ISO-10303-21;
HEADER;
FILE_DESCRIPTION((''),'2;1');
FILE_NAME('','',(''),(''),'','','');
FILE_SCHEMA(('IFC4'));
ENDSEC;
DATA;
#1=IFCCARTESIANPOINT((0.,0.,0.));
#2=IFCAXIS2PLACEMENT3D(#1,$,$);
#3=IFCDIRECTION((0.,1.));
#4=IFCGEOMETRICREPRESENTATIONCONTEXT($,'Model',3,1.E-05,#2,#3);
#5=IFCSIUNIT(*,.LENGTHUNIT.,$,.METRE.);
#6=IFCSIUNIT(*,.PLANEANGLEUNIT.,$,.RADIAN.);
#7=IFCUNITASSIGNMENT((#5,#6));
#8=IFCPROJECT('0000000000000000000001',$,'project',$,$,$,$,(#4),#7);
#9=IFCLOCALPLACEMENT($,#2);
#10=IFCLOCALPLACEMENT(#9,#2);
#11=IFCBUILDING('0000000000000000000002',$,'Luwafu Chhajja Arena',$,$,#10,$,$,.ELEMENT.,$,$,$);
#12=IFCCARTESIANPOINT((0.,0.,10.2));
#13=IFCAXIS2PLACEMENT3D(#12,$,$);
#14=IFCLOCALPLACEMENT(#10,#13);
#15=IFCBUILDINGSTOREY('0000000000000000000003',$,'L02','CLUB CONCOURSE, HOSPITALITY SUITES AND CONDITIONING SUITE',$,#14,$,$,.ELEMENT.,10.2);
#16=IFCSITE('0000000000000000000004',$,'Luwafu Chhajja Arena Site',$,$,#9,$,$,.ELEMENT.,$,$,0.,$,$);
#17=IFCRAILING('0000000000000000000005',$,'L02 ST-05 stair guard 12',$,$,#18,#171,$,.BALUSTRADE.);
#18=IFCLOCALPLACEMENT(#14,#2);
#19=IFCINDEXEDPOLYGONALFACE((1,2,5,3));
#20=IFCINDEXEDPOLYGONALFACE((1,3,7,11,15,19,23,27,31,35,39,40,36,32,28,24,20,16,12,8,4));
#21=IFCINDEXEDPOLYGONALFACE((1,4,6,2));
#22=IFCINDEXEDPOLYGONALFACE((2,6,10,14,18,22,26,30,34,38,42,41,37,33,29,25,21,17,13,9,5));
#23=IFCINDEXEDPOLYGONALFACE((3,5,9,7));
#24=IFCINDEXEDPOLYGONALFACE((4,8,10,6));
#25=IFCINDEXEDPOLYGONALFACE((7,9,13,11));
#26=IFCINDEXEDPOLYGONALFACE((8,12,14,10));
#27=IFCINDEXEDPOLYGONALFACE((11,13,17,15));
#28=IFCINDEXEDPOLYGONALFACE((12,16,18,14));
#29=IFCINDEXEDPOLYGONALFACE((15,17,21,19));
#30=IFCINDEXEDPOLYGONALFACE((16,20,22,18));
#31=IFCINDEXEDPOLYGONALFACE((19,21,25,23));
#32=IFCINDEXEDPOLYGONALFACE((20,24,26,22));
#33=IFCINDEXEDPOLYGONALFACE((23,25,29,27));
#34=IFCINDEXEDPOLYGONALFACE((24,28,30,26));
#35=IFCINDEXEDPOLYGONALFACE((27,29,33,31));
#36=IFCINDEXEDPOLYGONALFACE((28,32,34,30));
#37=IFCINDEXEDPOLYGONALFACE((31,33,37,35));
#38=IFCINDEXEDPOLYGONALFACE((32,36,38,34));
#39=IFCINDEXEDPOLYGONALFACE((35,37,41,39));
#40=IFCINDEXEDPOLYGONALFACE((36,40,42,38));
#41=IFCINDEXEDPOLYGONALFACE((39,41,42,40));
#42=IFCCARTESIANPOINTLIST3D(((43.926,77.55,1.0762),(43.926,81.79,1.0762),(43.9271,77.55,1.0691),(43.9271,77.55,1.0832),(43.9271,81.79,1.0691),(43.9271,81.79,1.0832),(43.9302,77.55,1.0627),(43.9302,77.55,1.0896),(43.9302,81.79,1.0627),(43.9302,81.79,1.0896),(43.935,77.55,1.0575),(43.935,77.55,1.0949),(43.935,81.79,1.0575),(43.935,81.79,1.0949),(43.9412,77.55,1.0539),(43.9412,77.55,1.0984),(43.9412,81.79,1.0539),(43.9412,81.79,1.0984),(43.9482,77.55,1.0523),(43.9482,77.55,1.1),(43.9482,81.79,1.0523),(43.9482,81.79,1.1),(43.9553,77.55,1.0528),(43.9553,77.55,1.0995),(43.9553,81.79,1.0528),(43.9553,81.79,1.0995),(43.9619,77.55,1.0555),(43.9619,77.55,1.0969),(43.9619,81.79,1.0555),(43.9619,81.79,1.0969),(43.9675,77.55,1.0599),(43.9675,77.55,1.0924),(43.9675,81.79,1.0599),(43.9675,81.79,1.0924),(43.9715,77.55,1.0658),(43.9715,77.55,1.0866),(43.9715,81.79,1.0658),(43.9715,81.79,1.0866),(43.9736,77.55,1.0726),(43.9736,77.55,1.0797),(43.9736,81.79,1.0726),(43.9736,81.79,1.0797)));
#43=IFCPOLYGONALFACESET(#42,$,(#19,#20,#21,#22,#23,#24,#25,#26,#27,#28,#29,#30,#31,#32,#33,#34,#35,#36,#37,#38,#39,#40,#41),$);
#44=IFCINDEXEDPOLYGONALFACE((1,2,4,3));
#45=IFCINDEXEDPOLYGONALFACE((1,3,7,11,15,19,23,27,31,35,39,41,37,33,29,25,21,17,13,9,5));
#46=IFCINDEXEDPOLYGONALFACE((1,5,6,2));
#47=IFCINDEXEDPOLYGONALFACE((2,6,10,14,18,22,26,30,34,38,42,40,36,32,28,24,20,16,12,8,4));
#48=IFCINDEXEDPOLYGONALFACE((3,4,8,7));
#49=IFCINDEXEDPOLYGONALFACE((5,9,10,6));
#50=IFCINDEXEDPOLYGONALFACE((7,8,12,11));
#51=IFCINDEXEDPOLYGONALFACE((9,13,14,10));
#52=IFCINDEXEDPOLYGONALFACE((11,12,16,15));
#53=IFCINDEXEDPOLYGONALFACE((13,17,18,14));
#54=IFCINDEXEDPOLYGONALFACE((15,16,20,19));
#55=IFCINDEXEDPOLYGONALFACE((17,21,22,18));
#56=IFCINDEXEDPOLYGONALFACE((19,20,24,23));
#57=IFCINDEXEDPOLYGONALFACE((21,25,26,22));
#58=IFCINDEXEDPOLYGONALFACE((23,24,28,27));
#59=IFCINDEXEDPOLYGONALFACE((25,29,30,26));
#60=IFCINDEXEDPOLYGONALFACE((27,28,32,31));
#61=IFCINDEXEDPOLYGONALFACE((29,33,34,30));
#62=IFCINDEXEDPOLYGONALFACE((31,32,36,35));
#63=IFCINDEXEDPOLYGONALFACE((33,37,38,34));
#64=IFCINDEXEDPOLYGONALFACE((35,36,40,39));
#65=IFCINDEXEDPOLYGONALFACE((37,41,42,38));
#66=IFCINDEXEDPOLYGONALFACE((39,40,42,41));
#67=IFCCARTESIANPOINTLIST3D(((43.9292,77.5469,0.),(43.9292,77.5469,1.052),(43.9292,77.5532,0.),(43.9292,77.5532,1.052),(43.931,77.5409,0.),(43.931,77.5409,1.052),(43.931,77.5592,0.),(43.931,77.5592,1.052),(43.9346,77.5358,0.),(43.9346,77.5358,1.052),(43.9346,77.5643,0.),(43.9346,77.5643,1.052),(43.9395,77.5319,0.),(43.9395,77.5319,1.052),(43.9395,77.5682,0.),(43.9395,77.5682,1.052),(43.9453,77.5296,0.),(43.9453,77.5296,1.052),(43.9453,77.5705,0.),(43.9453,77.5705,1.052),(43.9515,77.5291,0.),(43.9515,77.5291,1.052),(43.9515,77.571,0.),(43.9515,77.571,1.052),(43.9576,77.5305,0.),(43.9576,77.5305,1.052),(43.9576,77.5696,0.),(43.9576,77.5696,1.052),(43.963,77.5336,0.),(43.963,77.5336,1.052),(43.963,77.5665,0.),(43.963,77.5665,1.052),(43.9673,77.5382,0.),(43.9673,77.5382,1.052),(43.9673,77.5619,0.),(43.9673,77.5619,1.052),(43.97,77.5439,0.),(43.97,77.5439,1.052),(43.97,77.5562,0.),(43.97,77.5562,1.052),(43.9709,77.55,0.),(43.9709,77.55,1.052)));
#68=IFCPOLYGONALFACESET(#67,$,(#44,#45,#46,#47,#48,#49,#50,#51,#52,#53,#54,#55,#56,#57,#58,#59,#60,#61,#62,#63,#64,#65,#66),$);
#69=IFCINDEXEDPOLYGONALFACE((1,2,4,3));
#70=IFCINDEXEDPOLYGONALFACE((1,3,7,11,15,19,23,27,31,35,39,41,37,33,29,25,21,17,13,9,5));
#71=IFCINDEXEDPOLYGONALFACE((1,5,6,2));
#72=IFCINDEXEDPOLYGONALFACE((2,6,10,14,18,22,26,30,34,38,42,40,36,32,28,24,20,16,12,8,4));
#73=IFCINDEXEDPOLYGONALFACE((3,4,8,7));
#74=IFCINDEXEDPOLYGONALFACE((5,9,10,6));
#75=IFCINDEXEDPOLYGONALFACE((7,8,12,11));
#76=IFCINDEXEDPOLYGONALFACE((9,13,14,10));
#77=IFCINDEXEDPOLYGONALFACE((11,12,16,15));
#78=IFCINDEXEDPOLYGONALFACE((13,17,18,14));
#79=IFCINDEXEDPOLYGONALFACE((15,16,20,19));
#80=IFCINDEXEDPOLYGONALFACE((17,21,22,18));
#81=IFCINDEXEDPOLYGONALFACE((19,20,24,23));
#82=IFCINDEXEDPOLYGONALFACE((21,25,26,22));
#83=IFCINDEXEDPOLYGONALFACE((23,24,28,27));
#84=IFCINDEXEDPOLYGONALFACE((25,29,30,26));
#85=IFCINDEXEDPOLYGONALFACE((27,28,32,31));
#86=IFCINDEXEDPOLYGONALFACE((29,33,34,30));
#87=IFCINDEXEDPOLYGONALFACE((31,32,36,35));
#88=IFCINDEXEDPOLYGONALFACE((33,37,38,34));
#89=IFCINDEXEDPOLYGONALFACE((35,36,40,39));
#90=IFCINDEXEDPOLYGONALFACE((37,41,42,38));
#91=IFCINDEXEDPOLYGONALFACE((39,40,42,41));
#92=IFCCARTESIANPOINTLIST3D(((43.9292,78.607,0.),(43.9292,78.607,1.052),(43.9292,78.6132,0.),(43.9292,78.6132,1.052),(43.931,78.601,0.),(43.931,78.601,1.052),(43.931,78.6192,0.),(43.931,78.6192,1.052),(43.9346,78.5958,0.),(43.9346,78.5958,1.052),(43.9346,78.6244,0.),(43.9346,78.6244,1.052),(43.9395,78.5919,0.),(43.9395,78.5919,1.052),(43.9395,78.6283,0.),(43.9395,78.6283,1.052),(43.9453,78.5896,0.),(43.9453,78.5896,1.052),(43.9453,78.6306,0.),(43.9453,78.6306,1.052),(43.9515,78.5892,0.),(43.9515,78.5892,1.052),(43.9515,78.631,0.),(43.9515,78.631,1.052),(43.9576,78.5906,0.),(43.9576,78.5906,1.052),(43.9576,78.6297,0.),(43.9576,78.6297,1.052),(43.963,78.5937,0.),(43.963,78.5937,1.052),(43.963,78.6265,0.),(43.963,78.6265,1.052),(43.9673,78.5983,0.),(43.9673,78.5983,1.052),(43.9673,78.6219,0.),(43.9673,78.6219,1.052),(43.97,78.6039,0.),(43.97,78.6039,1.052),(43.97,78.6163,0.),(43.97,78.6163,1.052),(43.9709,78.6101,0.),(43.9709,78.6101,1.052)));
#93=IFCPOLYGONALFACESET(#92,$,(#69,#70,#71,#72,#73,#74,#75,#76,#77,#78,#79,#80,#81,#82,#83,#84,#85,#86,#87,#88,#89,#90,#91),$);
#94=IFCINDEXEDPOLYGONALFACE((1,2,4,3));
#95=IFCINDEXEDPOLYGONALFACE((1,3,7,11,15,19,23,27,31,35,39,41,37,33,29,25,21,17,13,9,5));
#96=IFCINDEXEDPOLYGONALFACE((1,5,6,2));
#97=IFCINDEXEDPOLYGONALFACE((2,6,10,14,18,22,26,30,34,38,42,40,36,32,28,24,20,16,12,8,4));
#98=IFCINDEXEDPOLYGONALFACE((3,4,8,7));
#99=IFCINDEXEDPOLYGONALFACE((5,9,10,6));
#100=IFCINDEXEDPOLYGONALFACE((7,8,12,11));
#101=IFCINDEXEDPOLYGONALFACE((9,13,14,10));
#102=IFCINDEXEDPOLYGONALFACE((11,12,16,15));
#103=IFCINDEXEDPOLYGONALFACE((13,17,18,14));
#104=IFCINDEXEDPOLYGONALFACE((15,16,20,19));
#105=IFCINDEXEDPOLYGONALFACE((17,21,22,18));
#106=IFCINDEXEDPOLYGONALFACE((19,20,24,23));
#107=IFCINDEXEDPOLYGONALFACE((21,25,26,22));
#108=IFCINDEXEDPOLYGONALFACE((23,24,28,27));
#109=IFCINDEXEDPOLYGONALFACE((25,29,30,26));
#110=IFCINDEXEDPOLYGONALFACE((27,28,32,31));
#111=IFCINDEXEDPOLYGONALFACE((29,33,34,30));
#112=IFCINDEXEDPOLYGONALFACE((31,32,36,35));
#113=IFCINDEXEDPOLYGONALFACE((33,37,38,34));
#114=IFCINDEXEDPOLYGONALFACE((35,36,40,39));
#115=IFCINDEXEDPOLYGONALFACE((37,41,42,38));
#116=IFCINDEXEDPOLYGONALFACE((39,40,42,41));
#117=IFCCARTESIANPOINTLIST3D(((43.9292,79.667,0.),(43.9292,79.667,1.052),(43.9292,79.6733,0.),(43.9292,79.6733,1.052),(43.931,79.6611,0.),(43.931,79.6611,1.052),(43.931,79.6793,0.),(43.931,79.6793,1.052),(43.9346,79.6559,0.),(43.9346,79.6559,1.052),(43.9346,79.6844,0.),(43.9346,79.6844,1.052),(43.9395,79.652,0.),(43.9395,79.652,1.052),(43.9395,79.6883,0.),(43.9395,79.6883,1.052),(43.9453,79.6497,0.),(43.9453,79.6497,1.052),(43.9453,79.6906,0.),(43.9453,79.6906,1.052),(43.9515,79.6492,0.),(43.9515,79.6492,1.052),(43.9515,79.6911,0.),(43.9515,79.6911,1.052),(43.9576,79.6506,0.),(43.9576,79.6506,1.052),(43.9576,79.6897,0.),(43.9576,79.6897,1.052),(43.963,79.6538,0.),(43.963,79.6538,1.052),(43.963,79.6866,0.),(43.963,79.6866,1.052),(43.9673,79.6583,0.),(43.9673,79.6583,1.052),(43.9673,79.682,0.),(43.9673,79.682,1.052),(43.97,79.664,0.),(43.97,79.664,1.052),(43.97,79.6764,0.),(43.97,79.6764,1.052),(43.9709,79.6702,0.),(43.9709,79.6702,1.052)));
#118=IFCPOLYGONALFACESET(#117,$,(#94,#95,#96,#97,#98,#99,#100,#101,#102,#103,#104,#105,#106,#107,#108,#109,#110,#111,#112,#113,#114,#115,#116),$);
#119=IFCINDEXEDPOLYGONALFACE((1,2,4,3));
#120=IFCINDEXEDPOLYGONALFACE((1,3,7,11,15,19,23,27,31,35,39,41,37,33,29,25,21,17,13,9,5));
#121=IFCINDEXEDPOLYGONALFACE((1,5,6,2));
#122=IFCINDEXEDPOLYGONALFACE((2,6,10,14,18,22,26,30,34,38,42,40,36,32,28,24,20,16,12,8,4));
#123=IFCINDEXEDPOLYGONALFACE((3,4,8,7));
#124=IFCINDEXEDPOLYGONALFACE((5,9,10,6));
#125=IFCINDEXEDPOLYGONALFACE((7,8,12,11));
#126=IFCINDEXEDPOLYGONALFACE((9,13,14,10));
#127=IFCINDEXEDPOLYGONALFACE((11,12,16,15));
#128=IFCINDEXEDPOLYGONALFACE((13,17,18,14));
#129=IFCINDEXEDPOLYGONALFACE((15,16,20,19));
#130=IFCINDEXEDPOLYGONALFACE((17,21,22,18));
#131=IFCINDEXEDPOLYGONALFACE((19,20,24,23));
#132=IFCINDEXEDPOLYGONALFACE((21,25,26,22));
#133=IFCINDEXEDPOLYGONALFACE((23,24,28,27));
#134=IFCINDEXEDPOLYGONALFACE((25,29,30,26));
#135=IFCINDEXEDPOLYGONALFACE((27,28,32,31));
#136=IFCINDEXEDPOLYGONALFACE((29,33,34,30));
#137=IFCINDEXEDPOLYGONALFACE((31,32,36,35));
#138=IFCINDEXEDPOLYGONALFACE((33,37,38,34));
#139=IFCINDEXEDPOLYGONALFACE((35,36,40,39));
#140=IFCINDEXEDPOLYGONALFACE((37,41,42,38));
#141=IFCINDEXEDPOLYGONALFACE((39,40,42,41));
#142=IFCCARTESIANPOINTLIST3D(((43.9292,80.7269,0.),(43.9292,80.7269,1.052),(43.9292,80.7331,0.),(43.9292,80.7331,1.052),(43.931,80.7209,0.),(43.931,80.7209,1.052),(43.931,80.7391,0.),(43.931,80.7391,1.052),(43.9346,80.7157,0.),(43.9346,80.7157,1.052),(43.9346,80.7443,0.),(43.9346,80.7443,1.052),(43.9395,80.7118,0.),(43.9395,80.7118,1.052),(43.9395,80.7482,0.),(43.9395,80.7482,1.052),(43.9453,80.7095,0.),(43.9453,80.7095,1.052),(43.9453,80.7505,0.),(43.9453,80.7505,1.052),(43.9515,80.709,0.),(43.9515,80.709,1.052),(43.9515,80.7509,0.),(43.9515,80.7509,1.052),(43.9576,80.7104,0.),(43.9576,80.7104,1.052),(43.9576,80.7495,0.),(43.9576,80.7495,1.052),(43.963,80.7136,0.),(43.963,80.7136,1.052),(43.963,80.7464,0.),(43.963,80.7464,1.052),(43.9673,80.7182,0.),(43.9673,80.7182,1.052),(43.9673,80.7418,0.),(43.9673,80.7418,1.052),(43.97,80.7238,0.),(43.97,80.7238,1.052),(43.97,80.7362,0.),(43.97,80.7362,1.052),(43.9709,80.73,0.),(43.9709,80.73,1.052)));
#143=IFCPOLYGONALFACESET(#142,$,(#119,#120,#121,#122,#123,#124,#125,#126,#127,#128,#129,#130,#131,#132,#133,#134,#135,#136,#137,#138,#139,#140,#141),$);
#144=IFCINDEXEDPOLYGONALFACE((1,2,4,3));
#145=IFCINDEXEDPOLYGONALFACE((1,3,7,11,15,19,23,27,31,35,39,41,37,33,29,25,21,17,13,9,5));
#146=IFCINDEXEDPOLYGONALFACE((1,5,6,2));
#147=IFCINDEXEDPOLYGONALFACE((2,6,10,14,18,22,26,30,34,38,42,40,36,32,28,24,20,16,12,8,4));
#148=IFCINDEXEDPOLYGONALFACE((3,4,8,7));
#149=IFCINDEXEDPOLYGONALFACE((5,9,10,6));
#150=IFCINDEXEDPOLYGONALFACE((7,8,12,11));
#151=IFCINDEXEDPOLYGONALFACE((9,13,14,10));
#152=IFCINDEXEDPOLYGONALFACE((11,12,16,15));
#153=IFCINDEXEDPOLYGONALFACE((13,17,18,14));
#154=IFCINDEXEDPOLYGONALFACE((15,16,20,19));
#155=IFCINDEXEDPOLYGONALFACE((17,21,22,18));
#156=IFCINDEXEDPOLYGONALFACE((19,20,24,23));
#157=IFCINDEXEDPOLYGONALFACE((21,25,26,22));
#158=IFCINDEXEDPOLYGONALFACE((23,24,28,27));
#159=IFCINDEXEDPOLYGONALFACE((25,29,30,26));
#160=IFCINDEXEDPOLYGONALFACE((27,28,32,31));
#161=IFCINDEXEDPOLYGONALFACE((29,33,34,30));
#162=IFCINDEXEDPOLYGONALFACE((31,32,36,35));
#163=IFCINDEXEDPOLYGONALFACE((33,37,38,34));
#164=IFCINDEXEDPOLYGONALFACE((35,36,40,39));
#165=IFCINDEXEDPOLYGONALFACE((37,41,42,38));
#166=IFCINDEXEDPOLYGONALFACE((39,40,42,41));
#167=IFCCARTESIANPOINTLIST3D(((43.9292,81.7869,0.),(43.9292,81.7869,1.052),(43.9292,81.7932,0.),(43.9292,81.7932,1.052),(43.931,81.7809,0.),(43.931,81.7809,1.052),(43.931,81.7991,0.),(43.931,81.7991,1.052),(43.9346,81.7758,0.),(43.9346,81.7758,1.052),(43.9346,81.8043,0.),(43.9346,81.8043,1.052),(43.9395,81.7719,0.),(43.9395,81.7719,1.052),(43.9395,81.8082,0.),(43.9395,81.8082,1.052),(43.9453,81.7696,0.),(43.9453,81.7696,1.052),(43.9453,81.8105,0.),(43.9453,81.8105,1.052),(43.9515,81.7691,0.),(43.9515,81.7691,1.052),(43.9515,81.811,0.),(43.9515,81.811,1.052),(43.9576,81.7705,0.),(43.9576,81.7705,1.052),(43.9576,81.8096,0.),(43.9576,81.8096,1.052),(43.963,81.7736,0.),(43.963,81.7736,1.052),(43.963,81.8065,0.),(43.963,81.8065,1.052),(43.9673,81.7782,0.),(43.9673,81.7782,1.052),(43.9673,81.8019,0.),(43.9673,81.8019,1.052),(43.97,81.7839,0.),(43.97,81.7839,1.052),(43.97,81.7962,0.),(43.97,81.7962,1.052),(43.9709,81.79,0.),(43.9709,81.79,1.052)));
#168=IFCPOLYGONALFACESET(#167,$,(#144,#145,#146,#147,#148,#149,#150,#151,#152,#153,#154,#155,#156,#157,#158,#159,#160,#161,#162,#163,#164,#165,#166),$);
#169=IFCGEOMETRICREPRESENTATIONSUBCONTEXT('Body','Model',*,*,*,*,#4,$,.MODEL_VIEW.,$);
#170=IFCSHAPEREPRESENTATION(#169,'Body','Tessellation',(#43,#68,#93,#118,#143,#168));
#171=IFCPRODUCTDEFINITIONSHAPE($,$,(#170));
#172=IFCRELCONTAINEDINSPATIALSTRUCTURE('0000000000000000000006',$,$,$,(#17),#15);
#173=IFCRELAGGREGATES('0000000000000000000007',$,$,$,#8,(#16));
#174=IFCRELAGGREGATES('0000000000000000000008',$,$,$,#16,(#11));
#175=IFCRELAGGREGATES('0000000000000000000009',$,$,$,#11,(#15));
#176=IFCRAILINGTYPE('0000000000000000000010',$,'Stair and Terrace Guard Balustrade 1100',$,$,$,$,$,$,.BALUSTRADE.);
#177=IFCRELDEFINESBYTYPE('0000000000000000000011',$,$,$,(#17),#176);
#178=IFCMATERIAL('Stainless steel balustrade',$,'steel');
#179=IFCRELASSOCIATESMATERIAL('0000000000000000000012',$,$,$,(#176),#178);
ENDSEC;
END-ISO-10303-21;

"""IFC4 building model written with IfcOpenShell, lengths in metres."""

from ifc_helpers import new_model, si_unit, direction, frame, origin, origin_2d, place, context, subcontext, project, spatial, circle, extrude, material, type_object, element, save


model = new_model("IFC4")

# Units and contexts
model_context = context("Model", 3, precision=1e-05, world=origin(), true_north=direction((0.0, 1.0)))
body_context = subcontext(model_context, "Body", "Model", "MODEL_VIEW")
ifc_project = project(units=[si_unit("LENGTHUNIT", "METRE"), si_unit("PLANEANGLEUNIT", "RADIAN")], contexts=[model_context])

# Site, building, storey
site_placement = place(None, origin())
site = spatial("IfcSite", under=ifc_project, at=site_placement, Name="Luwafu Chhajja Arena Site", CompositionType="ELEMENT", RefElevation=0.0)
building_placement = place(site_placement, origin())
building = spatial("IfcBuilding", under=site, at=building_placement, Name="Luwafu Chhajja Arena", CompositionType="ELEMENT")
storey_placement = place(building_placement, frame((0.0, 0.0, 10.2)))
storey = spatial("IfcBuildingStorey", under=building, at=storey_placement, Name="L02", Description="CLUB CONCOURSE, HOSPITALITY SUITES AND CONDITIONING SUITE", CompositionType="ELEMENT", Elevation=10.2)

# Railing
ifc_material_1 = material(Name="Stainless steel balustrade", Category="steel")
railing_type_1 = type_object("IfcRailingType", Name="Stair and Terrace Guard Balustrade 1100", PredefinedType="BALUSTRADE", material=ifc_material_1)
railing_1_placement = place(storey_placement, frame((43.95, 77.55, 0.0)))
element("IfcRailing", 1, at=railing_1_placement, inside=storey, type_object=railing_type_1, Name="L02 ST-05 stair guard 12", PredefinedType="BALUSTRADE", context=body_context, shape_type="SweptSolid", body=[
    extrude(circle(Radius=0.0239, at=origin_2d()), frame((0.0, 0.0, 1.0762), z_axis=(0.0, 1.0, 0.0), x_axis=(-1.0, 0.0, 0.0)), (0.0, 0.0, 1.0), 4.24),
    extrude(circle(Radius=0.021, at=origin_2d()), origin(), (0.0, 0.0, 1.0), 1.052),
    extrude(circle(Radius=0.021, at=origin_2d()), frame((0.0, 1.0601, 0.0)), (0.0, 0.0, 1.0), 1.052),
    extrude(circle(Radius=0.021, at=origin_2d()), frame((0.0, 2.1201, 0.0)), (0.0, 0.0, 1.0), 1.052),
    extrude(circle(Radius=0.021, at=origin_2d()), frame((0.0, 3.1799, 0.0)), (0.0, 0.0, 1.0), 1.052),
    extrude(circle(Radius=0.021, at=origin_2d()), frame((0.0, 4.24, 0.0)), (0.0, 0.0, 1.0), 1.052),
])

save(model, "model.ifc")
